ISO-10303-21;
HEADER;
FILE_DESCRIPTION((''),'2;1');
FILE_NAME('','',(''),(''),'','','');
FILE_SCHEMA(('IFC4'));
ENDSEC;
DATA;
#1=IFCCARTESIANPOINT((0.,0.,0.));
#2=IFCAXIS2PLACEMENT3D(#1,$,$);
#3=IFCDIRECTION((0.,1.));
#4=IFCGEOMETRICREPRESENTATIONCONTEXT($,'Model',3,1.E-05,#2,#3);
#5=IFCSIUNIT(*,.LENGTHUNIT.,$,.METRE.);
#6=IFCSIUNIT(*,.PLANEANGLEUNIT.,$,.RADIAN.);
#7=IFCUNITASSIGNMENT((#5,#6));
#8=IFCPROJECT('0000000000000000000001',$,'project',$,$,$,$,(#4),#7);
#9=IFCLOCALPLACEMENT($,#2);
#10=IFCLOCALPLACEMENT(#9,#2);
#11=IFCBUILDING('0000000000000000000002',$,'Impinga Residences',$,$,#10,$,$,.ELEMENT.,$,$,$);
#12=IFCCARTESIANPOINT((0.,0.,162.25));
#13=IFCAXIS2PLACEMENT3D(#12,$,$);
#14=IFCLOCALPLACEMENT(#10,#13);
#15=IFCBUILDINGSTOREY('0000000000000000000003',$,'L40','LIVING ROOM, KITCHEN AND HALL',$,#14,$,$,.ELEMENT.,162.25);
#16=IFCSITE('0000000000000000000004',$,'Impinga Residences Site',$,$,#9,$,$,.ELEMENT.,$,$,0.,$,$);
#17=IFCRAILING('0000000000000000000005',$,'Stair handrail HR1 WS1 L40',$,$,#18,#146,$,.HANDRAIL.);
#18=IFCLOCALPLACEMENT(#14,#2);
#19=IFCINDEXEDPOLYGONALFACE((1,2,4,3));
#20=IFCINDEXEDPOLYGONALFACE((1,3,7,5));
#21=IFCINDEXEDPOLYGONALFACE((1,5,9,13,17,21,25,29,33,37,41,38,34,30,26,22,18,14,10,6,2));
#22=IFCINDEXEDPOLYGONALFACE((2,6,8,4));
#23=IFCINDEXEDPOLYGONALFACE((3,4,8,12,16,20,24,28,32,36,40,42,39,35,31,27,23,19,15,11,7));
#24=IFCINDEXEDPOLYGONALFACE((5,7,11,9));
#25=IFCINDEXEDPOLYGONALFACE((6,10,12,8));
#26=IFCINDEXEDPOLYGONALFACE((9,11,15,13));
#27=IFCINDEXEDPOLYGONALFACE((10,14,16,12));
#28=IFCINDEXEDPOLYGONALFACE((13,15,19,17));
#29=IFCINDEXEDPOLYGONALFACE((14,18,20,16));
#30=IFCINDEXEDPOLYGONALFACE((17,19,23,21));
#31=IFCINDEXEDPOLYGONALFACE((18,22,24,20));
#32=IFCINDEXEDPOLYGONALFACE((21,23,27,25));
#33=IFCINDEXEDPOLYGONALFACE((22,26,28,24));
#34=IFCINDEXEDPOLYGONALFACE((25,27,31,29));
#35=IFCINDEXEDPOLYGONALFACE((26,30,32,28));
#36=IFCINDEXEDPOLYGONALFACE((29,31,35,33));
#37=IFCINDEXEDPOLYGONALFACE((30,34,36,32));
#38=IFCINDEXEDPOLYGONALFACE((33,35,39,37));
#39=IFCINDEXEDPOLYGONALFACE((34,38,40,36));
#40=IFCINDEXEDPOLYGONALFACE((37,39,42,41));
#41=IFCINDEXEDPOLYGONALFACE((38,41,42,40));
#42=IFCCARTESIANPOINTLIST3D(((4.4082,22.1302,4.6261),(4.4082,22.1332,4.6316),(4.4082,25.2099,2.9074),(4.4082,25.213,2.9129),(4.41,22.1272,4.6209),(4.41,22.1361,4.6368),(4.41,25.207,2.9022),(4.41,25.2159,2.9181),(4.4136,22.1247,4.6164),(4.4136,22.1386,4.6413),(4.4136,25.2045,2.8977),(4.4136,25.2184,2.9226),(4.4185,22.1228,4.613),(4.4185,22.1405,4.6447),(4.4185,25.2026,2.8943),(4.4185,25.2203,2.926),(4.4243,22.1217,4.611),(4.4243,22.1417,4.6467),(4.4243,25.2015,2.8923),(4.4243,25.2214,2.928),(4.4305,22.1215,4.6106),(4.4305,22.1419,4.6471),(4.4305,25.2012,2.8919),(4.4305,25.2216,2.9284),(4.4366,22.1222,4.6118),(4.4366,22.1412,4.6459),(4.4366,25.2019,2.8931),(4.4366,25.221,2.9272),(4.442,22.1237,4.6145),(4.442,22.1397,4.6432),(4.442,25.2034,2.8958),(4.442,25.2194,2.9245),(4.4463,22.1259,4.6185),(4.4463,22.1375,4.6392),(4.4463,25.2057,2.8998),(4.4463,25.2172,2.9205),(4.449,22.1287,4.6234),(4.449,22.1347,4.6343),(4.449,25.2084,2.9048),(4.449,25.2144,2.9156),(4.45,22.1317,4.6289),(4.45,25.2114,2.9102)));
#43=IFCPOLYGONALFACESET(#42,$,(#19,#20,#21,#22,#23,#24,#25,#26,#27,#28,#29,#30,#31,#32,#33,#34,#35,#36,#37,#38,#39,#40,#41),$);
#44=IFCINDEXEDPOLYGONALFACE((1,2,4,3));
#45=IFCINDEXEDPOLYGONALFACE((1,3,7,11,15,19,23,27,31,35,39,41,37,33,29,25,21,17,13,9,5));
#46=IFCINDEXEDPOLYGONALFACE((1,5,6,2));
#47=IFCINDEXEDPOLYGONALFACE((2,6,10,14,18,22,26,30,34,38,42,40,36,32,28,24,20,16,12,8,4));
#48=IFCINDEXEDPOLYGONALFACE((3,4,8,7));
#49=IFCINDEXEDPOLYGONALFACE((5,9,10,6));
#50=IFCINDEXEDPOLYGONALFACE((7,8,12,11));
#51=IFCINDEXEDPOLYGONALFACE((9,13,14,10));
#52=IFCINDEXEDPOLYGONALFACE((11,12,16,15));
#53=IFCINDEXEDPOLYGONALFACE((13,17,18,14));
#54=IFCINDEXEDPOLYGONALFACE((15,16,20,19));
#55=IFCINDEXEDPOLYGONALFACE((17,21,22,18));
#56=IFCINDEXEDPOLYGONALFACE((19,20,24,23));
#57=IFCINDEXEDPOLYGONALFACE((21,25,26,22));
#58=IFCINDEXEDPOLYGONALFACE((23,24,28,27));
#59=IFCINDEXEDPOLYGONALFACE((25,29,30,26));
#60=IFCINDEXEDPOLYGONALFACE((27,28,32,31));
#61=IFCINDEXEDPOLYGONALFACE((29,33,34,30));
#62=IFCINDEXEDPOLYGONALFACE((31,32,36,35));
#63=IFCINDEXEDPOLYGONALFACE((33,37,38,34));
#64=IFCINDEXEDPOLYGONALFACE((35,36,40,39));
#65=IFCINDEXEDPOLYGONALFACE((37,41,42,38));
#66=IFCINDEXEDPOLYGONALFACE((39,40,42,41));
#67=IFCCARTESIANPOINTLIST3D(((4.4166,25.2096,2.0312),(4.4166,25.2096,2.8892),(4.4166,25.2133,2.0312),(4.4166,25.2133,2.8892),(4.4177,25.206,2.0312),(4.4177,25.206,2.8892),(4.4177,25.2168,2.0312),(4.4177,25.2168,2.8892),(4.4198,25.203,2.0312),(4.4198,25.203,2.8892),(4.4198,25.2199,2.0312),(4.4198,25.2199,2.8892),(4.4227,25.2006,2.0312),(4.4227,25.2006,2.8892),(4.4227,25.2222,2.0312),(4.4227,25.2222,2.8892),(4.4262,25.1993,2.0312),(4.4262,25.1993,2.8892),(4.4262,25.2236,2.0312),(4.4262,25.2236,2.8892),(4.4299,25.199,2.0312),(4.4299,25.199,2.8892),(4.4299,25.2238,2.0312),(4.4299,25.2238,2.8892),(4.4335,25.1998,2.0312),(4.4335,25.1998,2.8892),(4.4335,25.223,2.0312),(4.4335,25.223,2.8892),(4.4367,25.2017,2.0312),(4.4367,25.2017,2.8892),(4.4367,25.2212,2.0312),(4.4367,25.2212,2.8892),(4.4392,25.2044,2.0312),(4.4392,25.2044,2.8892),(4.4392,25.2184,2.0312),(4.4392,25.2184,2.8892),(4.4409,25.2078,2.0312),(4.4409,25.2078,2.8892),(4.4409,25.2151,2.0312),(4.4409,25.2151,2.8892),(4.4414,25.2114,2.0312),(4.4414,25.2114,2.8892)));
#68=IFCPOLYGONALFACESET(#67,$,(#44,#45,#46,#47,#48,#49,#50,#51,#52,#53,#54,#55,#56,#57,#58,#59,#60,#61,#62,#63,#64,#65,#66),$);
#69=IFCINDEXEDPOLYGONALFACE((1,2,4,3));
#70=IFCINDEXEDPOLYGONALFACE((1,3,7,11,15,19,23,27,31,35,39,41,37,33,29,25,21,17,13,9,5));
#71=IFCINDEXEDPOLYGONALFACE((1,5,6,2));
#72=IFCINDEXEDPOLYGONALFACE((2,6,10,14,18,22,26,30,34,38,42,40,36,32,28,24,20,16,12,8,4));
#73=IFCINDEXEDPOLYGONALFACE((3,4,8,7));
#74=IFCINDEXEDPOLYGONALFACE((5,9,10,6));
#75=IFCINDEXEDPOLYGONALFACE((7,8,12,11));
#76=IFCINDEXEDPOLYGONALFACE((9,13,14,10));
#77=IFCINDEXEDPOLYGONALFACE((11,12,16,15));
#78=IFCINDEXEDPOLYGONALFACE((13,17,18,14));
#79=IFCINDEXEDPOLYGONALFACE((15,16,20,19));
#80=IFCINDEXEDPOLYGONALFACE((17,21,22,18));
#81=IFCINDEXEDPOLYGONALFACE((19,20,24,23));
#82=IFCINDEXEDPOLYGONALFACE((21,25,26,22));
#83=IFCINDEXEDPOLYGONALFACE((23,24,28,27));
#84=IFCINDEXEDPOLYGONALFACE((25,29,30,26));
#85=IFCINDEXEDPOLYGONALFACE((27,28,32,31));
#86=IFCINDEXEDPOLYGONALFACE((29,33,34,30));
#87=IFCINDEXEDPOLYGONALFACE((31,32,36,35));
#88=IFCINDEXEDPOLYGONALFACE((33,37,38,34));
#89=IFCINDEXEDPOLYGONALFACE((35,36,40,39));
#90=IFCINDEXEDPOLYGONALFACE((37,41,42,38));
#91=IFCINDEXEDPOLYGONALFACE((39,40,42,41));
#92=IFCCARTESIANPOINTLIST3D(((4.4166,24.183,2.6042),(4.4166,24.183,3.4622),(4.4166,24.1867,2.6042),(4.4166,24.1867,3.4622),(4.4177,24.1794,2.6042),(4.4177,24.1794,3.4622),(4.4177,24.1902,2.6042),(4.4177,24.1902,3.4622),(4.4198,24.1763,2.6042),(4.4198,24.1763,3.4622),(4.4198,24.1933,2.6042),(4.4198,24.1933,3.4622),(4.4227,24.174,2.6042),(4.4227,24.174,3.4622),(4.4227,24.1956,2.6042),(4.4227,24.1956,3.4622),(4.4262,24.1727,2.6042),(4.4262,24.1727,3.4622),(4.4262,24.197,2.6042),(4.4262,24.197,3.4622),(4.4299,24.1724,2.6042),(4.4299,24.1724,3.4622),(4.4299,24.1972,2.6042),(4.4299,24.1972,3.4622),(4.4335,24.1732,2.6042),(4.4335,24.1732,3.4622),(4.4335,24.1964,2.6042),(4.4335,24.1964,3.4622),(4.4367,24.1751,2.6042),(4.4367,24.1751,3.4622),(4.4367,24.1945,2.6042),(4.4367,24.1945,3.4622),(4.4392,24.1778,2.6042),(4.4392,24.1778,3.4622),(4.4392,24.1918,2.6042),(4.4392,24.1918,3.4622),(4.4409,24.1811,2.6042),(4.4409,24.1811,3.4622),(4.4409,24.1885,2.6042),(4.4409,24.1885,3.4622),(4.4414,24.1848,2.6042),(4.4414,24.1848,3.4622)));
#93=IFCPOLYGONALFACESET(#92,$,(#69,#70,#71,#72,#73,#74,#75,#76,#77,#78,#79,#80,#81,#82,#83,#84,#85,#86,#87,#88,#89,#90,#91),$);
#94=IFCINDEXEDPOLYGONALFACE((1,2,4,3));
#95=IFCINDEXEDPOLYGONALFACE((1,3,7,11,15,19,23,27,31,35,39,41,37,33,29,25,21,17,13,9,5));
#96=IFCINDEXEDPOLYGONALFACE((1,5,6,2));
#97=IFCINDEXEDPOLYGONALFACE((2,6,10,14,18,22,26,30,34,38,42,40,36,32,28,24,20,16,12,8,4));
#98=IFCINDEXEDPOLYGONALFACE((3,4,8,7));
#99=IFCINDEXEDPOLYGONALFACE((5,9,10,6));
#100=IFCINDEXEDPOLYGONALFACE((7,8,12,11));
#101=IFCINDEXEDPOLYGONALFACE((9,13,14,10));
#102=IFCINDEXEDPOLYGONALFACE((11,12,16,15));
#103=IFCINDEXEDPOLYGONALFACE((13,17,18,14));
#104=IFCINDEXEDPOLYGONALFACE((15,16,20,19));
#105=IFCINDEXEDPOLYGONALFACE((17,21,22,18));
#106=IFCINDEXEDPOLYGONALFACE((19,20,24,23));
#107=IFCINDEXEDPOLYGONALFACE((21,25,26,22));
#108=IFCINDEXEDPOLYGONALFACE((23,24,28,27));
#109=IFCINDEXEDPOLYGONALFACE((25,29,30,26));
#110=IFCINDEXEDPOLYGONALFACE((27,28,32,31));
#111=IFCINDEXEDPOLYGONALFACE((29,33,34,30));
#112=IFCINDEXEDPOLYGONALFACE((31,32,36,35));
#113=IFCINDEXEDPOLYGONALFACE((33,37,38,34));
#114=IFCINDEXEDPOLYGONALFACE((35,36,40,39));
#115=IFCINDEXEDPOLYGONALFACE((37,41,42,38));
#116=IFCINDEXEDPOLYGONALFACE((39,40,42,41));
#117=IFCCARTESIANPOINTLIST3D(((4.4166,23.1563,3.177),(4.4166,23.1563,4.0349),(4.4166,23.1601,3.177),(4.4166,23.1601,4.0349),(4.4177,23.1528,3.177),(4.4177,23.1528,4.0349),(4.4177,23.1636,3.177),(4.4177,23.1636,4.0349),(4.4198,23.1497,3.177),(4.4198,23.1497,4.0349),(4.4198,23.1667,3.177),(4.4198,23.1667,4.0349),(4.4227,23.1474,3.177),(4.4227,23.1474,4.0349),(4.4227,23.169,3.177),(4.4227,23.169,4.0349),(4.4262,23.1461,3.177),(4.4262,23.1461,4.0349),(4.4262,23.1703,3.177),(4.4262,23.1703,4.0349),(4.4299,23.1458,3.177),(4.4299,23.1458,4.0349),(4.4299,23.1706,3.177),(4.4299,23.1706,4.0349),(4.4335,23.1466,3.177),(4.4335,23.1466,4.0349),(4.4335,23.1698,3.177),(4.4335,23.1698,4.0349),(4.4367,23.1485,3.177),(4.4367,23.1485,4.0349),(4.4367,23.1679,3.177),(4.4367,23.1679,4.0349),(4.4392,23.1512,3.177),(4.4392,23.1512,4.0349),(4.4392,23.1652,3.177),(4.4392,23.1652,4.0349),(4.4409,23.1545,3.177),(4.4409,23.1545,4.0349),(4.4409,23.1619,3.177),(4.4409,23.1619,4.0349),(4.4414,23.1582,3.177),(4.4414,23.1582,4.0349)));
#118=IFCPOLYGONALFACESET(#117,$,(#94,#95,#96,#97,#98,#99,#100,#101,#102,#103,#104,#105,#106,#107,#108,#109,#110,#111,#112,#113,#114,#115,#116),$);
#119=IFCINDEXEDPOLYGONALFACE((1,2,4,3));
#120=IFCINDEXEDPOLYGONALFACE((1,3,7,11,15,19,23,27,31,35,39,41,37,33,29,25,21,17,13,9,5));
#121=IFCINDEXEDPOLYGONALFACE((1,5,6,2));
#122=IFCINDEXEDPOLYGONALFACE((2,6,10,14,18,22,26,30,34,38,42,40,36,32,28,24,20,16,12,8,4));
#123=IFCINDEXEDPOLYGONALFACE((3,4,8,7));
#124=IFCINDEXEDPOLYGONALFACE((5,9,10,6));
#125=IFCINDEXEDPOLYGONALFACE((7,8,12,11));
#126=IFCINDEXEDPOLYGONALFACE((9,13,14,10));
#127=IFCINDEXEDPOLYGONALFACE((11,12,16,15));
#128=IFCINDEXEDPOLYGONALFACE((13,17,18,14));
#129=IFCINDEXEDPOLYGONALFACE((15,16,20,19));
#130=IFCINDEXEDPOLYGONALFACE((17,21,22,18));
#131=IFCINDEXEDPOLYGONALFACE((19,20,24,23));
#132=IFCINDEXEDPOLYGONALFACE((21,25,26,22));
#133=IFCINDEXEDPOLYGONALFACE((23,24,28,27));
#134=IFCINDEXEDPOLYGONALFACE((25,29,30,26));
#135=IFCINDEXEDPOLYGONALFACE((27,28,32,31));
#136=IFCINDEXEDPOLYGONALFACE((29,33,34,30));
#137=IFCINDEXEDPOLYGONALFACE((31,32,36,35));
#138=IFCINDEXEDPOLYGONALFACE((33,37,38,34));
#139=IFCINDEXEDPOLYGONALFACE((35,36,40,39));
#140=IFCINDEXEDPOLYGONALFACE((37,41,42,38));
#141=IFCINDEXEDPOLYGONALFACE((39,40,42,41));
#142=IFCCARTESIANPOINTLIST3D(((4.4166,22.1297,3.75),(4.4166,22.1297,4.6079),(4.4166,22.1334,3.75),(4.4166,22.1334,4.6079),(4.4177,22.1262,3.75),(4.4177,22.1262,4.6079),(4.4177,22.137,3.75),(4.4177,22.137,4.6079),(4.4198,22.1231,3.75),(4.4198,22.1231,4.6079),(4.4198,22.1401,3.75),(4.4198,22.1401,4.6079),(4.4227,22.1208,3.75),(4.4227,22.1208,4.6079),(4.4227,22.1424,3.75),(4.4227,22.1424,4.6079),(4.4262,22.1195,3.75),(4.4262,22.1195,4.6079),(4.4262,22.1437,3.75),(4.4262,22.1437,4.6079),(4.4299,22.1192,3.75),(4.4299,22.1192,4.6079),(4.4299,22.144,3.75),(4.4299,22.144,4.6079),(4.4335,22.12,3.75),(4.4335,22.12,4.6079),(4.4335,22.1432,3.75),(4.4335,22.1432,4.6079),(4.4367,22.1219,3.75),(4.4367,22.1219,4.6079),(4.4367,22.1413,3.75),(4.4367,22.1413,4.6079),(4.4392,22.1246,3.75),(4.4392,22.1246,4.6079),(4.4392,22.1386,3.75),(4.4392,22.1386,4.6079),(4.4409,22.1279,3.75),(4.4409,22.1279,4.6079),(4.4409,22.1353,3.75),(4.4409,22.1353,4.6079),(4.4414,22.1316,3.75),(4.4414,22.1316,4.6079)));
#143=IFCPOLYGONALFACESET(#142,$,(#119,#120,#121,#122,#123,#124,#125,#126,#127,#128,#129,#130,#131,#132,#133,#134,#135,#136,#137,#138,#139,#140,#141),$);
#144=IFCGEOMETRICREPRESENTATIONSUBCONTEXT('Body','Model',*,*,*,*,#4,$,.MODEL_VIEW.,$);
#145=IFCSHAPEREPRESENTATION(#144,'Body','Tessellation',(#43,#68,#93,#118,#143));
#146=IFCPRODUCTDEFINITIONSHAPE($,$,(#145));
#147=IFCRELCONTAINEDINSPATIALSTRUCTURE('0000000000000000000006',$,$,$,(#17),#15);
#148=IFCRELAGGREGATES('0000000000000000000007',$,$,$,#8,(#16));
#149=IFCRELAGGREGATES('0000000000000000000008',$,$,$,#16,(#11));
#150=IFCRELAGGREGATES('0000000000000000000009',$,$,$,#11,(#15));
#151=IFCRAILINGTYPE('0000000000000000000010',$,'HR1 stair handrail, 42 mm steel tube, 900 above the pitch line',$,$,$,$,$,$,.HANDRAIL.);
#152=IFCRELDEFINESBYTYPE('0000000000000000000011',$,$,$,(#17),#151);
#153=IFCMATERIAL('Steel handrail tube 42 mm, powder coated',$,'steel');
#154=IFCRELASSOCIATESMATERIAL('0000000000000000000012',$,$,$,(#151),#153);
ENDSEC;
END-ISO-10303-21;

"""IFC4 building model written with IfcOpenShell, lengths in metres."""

from ifc_helpers import new_model, si_unit, direction, frame, origin, origin_2d, place, context, subcontext, project, spatial, circle, extrude, material, type_object, element, save


model = new_model("IFC4")

# Units and contexts
model_context = context("Model", 3, precision=1e-05, world=origin(), true_north=direction((0.0, 1.0)))
body_context = subcontext(model_context, "Body", "Model", "MODEL_VIEW")
ifc_project = project(units=[si_unit("LENGTHUNIT", "METRE"), si_unit("PLANEANGLEUNIT", "RADIAN")], contexts=[model_context])

# Site, building, storey
site_placement = place(None, origin())
site = spatial("IfcSite", under=ifc_project, at=site_placement, Name="Impinga Residences Site", CompositionType="ELEMENT", RefElevation=0.0)
building_placement = place(site_placement, origin())
building = spatial("IfcBuilding", under=site, at=building_placement, Name="Impinga Residences", CompositionType="ELEMENT")
storey_placement = place(building_placement, frame((0.0, 0.0, 162.25)))
storey = spatial("IfcBuildingStorey", under=building, at=storey_placement, Name="L40", Description="LIVING ROOM, KITCHEN AND HALL", CompositionType="ELEMENT", Elevation=162.25)

# Railing
ifc_material_1 = material(Name="Steel handrail tube 42 mm, powder coated", Category="steel")
railing_type_1 = type_object("IfcRailingType", Name="HR1 stair handrail, 42 mm steel tube, 900 above the pitch line", PredefinedType="HANDRAIL", material=ifc_material_1)
railing_1_placement = place(storey_placement, frame((4.429, 25.2114, 2.0312)))
element("IfcRailing", 1, at=railing_1_placement, inside=storey, type_object=railing_type_1, Name="Stair handrail HR1 WS1 L40", PredefinedType="HANDRAIL", context=body_context, shape_type="SweptSolid", body=[
    extrude(circle(Radius=0.021, at=origin_2d()), frame((0.0, 0.0, 0.8789), z_axis=(0.0, -0.873225, 0.487317), x_axis=(1.0, 0.0, 0.0)), (0.0, 0.0, 1.0), 3.5269),
    extrude(circle(Radius=0.0125, at=origin_2d()), origin(), (0.0, 0.0, 1.0), 0.8579),
    extrude(circle(Radius=0.0125, at=origin_2d()), frame((0.0, -1.0266, 0.573)), (0.0, 0.0, 1.0), 0.8579),
    extrude(circle(Radius=0.0125, at=origin_2d()), frame((0.0, -2.0532, 1.1458)), (0.0, 0.0, 1.0), 0.8579),
    extrude(circle(Radius=0.0125, at=origin_2d()), frame((0.0, -3.0798, 1.7188)), (0.0, 0.0, 1.0), 0.8579),
])

save(model, "model.ifc")
